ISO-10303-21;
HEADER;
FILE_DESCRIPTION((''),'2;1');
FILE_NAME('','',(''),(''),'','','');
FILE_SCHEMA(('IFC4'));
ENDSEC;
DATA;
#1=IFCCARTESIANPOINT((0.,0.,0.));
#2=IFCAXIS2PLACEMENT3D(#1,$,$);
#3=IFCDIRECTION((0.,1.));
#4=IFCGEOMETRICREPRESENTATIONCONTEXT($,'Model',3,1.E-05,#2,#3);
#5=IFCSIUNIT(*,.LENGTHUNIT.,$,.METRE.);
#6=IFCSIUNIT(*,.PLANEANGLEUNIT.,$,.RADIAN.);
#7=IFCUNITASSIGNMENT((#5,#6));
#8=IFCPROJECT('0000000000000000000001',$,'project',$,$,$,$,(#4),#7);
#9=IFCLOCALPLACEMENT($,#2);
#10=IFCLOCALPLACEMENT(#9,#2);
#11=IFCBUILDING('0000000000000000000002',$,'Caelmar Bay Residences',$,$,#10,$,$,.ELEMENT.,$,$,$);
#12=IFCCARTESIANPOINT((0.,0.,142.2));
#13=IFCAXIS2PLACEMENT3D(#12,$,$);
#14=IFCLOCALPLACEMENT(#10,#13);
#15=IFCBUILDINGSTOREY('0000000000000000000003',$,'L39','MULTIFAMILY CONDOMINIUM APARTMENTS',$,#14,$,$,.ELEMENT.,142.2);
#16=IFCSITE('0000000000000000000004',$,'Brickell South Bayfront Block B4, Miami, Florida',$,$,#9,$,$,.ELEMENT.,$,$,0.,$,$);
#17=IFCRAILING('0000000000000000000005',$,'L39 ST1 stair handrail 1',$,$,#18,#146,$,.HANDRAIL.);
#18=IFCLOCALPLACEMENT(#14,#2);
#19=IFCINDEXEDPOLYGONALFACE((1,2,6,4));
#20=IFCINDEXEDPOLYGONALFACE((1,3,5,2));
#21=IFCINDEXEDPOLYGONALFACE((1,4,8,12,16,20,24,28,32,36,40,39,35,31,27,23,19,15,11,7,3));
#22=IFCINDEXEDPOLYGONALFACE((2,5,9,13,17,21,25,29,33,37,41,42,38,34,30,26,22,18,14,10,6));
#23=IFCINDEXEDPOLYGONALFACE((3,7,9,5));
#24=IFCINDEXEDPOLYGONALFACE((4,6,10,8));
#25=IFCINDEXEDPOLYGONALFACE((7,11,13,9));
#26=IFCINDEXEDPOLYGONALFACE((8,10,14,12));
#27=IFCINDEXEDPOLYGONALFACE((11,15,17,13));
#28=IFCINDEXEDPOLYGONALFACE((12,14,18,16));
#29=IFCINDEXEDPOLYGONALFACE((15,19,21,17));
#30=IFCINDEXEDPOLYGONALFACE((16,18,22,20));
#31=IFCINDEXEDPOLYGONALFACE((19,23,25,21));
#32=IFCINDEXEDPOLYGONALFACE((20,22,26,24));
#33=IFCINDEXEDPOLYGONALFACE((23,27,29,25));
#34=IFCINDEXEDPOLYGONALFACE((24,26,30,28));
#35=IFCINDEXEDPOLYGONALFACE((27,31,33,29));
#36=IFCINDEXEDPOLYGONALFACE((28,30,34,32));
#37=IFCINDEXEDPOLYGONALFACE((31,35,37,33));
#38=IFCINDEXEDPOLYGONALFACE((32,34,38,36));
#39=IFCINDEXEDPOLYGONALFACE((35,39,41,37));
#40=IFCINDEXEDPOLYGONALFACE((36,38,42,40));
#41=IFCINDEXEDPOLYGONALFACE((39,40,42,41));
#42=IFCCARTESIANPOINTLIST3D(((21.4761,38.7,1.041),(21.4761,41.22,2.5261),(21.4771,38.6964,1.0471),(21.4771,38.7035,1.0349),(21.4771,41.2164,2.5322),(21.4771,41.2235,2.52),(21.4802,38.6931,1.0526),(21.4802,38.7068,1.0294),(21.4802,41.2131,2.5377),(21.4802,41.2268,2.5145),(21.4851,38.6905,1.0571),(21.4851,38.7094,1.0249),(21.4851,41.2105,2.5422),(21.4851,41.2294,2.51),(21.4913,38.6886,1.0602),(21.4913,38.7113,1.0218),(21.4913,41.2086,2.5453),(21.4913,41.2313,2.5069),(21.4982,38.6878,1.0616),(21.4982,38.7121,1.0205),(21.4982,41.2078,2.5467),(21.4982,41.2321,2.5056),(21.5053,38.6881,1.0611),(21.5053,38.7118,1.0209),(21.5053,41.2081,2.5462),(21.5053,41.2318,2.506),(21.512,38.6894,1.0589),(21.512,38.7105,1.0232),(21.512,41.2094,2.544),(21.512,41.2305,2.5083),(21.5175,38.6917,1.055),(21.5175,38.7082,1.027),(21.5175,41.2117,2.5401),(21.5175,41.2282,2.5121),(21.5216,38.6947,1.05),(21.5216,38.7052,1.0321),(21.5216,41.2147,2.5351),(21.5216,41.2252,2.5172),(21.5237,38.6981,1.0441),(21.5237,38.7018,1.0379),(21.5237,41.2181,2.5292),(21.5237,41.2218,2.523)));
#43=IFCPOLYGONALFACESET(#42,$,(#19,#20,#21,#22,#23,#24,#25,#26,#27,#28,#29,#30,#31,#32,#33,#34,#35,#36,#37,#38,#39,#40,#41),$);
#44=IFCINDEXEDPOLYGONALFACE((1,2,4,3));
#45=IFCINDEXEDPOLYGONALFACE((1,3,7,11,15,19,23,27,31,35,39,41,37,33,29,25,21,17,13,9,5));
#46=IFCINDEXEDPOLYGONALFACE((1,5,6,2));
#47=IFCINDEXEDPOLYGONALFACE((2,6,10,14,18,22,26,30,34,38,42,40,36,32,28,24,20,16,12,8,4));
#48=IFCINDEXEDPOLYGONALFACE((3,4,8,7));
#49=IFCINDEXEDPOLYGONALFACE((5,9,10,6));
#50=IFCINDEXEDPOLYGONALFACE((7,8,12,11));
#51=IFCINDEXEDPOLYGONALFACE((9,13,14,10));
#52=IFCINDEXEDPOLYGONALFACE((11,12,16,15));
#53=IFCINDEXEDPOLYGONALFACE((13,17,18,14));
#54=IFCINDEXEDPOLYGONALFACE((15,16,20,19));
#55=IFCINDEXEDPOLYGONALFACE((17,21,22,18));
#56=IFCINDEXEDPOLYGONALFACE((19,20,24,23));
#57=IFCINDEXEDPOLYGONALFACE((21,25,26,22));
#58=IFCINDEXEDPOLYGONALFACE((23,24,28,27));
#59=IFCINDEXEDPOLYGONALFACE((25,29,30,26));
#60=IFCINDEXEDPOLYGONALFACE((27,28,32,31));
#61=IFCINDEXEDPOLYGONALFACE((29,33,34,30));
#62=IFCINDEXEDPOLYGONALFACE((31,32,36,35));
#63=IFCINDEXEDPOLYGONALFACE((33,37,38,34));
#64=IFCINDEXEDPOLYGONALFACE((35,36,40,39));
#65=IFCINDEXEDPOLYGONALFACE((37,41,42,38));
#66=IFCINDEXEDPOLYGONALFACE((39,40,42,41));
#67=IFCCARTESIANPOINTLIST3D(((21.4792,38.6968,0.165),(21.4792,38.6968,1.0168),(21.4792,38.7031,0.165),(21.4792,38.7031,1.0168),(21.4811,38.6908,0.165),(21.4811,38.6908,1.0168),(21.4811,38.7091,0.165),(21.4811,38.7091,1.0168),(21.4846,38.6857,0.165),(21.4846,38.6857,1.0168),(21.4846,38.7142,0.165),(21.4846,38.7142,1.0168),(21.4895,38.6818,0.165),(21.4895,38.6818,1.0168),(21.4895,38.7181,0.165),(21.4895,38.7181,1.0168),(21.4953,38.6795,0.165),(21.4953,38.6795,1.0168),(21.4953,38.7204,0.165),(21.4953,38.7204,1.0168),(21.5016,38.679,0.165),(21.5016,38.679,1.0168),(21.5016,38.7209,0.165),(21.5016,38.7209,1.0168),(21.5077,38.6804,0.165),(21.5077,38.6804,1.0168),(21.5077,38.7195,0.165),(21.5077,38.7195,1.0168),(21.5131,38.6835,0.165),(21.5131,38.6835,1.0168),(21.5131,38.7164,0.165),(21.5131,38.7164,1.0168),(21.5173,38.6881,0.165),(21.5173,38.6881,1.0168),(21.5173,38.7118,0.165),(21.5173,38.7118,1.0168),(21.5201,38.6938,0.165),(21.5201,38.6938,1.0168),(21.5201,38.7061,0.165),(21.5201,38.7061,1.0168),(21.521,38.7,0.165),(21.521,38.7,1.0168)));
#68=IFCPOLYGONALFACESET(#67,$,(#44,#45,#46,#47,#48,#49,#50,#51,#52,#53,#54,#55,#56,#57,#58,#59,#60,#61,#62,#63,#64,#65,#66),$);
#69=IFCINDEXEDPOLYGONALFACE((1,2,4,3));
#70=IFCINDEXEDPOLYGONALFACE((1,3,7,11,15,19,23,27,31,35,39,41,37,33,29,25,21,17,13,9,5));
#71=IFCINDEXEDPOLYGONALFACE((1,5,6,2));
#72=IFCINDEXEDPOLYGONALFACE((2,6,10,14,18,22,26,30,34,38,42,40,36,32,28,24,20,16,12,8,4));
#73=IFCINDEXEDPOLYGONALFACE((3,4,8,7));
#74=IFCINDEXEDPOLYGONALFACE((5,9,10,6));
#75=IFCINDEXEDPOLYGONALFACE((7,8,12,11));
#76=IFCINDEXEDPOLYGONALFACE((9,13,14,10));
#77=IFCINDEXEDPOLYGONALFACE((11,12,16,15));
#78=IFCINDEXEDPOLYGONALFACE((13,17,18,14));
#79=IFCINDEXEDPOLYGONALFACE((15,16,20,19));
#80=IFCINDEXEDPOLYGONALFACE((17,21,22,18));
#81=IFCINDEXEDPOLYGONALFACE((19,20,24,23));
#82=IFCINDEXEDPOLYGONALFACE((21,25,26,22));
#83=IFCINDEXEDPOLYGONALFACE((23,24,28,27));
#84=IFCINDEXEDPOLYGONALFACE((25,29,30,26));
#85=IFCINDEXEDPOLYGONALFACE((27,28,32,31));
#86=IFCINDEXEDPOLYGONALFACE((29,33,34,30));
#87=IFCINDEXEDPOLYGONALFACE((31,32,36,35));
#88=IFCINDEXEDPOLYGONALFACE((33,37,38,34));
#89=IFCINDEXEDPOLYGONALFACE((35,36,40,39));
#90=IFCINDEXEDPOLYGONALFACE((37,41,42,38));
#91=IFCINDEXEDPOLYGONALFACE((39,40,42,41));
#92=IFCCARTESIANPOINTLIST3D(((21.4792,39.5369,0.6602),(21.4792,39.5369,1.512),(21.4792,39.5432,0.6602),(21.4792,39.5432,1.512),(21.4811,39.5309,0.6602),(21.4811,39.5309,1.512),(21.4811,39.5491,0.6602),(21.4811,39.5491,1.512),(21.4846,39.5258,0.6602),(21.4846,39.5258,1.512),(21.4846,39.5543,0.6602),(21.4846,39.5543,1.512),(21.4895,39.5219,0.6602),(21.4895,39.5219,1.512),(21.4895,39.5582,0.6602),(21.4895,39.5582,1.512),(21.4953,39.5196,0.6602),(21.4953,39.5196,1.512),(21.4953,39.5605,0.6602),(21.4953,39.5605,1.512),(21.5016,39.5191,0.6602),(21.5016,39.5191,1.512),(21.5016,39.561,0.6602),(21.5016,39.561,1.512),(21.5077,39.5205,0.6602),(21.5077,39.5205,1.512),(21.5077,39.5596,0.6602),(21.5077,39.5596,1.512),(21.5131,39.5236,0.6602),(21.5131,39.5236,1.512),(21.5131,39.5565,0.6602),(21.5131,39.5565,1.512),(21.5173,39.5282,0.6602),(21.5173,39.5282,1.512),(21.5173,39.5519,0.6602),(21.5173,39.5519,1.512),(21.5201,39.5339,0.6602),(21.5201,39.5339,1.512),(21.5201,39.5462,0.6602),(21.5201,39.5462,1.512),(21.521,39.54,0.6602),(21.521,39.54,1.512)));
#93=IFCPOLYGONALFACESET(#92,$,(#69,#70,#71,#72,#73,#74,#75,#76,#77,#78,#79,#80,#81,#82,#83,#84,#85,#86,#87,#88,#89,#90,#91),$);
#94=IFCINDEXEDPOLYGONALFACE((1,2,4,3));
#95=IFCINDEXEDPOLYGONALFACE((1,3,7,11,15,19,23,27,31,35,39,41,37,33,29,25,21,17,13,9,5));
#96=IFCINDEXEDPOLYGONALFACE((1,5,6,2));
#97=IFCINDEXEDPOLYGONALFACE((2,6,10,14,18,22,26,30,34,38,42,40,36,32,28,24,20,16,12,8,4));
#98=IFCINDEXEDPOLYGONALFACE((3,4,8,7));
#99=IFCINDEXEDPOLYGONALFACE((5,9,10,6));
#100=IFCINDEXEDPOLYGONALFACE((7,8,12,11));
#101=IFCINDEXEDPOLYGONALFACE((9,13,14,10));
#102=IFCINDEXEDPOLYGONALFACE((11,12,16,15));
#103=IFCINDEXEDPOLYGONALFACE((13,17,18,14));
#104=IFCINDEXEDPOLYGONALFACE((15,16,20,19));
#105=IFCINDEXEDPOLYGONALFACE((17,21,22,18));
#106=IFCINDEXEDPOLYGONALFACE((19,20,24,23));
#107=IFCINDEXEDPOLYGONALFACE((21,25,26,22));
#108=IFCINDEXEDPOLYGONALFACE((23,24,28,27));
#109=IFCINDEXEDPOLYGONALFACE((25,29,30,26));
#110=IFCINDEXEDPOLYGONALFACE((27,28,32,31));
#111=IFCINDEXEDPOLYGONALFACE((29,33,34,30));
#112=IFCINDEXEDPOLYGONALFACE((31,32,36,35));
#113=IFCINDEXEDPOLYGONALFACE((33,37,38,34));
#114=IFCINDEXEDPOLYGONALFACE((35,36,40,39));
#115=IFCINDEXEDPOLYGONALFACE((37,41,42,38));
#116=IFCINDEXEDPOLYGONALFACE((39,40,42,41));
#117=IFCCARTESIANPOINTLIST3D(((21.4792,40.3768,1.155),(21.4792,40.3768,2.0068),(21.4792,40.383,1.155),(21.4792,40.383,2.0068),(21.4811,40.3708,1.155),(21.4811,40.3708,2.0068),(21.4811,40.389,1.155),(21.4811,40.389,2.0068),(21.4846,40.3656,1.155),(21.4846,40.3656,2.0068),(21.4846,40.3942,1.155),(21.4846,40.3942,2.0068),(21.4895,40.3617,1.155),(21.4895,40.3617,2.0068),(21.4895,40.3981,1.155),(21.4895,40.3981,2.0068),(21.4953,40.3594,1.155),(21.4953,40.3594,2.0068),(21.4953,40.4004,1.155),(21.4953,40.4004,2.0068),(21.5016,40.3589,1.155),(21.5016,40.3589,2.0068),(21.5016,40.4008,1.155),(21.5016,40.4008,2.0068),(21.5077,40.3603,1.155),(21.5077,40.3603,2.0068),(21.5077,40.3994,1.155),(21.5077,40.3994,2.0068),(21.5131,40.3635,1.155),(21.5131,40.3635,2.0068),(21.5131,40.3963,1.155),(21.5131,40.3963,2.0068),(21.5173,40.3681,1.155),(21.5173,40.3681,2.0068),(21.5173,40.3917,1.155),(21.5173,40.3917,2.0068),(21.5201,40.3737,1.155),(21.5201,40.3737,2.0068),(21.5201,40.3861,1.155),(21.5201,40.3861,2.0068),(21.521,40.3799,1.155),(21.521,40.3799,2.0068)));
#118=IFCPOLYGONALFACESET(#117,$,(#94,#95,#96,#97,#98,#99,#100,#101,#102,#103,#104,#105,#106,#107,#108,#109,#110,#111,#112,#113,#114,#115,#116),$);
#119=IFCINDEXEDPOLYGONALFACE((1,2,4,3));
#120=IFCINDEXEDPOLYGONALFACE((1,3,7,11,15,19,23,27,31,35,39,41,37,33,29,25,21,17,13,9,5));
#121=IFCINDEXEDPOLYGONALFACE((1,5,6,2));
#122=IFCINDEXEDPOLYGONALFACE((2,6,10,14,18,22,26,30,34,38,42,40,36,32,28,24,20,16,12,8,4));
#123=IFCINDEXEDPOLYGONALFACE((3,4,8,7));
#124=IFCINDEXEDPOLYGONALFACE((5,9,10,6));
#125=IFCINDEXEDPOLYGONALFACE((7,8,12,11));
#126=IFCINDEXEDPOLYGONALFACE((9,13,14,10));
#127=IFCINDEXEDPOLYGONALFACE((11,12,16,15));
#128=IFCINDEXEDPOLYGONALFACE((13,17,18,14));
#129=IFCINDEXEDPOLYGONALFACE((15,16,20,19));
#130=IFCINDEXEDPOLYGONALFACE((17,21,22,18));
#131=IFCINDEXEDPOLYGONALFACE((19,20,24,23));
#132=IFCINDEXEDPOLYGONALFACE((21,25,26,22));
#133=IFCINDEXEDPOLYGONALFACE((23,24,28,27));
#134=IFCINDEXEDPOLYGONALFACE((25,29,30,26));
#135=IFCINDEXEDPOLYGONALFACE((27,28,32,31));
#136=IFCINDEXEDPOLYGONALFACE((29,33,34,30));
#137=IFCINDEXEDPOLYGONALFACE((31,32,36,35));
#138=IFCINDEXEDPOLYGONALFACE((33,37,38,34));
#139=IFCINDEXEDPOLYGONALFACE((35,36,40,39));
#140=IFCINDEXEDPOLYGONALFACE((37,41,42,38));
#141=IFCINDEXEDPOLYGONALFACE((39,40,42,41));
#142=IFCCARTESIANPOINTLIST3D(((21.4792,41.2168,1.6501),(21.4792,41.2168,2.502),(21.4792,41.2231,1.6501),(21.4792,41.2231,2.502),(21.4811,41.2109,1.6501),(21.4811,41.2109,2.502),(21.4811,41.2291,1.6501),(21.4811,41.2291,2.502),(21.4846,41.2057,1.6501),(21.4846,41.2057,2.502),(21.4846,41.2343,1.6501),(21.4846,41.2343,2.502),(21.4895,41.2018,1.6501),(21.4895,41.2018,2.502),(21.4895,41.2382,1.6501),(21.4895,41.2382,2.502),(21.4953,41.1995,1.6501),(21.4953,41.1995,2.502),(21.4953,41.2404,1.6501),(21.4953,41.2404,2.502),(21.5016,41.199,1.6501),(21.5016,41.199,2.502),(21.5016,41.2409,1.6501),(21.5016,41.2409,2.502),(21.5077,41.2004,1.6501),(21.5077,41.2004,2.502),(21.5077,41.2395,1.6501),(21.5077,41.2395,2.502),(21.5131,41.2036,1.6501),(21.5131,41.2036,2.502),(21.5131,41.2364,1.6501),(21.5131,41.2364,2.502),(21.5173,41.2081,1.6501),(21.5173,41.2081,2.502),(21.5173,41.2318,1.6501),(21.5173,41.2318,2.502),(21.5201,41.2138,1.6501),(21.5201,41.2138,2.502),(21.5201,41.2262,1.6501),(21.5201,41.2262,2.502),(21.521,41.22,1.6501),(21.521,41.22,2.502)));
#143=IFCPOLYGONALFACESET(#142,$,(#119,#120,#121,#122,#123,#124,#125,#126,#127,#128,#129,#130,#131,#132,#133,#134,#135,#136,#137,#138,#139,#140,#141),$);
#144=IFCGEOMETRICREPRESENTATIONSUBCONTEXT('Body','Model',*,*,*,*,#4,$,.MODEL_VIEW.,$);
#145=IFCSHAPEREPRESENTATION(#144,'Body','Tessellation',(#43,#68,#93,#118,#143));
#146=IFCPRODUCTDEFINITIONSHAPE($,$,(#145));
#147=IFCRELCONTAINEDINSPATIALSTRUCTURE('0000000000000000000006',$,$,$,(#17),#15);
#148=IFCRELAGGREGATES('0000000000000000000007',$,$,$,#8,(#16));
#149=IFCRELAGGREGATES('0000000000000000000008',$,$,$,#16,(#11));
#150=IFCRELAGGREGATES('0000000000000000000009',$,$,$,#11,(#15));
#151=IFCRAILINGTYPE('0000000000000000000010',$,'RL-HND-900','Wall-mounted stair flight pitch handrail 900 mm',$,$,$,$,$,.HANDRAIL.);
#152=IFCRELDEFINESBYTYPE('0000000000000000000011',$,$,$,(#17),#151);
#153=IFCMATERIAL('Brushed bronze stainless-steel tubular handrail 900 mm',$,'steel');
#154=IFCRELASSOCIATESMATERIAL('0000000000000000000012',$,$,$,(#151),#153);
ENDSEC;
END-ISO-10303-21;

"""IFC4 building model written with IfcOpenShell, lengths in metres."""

from ifc_helpers import new_model, si_unit, direction, frame, origin, origin_2d, place, context, subcontext, project, spatial, circle, extrude, material, type_object, element, save


model = new_model("IFC4")

# Units and contexts
model_context = context("Model", 3, precision=1e-05, world=origin(), true_north=direction((0.0, 1.0)))
body_context = subcontext(model_context, "Body", "Model", "MODEL_VIEW")
ifc_project = project(units=[si_unit("LENGTHUNIT", "METRE"), si_unit("PLANEANGLEUNIT", "RADIAN")], contexts=[model_context])

# Site, building, storey
site_placement = place(None, origin())
site = spatial("IfcSite", under=ifc_project, at=site_placement, Name="Brickell South Bayfront Block B4, Miami, Florida", CompositionType="ELEMENT", RefElevation=0.0)
building_placement = place(site_placement, origin())
building = spatial("IfcBuilding", under=site, at=building_placement, Name="Caelmar Bay Residences", CompositionType="ELEMENT")
storey_placement = place(building_placement, frame((0.0, 0.0, 142.2)))
storey = spatial("IfcBuildingStorey", under=building, at=storey_placement, Name="L39", Description="MULTIFAMILY CONDOMINIUM APARTMENTS", CompositionType="ELEMENT", Elevation=142.2)

# Railing
ifc_material_1 = material(Name="Brushed bronze stainless-steel tubular handrail 900 mm", Category="steel")
railing_type_1 = type_object("IfcRailingType", Name="RL-HND-900", Description="Wall-mounted stair flight pitch handrail 900 mm", PredefinedType="HANDRAIL", material=ifc_material_1)
railing_1_placement = place(storey_placement, frame((21.5, 38.7, 0.165)))
element("IfcRailing", 1, at=railing_1_placement, inside=storey, type_object=railing_type_1, Name="L39 ST1 stair handrail 1", PredefinedType="HANDRAIL", context=body_context, shape_type="SweptSolid", body=[
    extrude(circle(Radius=0.0239, at=origin_2d()), frame((0.0, 0.0, 0.876), z_axis=(0.0, 0.861524, 0.507717), x_axis=(-1.0, 0.0, 0.0)), (0.0, 0.0, 1.0), 2.925),
    extrude(circle(Radius=0.021, at=origin_2d()), origin(), (0.0, 0.0, 1.0), 0.8518),
    extrude(circle(Radius=0.021, at=origin_2d()), frame((0.0, 0.8401, 0.4951)), (0.0, 0.0, 1.0), 0.8518),
    extrude(circle(Radius=0.021, at=origin_2d()), frame((0.0, 1.6799, 0.99)), (0.0, 0.0, 1.0), 0.8518),
    extrude(circle(Radius=0.021, at=origin_2d()), frame((0.0, 2.52, 1.4851)), (0.0, 0.0, 1.0), 0.8518),
])

save(model, "model.ifc")
